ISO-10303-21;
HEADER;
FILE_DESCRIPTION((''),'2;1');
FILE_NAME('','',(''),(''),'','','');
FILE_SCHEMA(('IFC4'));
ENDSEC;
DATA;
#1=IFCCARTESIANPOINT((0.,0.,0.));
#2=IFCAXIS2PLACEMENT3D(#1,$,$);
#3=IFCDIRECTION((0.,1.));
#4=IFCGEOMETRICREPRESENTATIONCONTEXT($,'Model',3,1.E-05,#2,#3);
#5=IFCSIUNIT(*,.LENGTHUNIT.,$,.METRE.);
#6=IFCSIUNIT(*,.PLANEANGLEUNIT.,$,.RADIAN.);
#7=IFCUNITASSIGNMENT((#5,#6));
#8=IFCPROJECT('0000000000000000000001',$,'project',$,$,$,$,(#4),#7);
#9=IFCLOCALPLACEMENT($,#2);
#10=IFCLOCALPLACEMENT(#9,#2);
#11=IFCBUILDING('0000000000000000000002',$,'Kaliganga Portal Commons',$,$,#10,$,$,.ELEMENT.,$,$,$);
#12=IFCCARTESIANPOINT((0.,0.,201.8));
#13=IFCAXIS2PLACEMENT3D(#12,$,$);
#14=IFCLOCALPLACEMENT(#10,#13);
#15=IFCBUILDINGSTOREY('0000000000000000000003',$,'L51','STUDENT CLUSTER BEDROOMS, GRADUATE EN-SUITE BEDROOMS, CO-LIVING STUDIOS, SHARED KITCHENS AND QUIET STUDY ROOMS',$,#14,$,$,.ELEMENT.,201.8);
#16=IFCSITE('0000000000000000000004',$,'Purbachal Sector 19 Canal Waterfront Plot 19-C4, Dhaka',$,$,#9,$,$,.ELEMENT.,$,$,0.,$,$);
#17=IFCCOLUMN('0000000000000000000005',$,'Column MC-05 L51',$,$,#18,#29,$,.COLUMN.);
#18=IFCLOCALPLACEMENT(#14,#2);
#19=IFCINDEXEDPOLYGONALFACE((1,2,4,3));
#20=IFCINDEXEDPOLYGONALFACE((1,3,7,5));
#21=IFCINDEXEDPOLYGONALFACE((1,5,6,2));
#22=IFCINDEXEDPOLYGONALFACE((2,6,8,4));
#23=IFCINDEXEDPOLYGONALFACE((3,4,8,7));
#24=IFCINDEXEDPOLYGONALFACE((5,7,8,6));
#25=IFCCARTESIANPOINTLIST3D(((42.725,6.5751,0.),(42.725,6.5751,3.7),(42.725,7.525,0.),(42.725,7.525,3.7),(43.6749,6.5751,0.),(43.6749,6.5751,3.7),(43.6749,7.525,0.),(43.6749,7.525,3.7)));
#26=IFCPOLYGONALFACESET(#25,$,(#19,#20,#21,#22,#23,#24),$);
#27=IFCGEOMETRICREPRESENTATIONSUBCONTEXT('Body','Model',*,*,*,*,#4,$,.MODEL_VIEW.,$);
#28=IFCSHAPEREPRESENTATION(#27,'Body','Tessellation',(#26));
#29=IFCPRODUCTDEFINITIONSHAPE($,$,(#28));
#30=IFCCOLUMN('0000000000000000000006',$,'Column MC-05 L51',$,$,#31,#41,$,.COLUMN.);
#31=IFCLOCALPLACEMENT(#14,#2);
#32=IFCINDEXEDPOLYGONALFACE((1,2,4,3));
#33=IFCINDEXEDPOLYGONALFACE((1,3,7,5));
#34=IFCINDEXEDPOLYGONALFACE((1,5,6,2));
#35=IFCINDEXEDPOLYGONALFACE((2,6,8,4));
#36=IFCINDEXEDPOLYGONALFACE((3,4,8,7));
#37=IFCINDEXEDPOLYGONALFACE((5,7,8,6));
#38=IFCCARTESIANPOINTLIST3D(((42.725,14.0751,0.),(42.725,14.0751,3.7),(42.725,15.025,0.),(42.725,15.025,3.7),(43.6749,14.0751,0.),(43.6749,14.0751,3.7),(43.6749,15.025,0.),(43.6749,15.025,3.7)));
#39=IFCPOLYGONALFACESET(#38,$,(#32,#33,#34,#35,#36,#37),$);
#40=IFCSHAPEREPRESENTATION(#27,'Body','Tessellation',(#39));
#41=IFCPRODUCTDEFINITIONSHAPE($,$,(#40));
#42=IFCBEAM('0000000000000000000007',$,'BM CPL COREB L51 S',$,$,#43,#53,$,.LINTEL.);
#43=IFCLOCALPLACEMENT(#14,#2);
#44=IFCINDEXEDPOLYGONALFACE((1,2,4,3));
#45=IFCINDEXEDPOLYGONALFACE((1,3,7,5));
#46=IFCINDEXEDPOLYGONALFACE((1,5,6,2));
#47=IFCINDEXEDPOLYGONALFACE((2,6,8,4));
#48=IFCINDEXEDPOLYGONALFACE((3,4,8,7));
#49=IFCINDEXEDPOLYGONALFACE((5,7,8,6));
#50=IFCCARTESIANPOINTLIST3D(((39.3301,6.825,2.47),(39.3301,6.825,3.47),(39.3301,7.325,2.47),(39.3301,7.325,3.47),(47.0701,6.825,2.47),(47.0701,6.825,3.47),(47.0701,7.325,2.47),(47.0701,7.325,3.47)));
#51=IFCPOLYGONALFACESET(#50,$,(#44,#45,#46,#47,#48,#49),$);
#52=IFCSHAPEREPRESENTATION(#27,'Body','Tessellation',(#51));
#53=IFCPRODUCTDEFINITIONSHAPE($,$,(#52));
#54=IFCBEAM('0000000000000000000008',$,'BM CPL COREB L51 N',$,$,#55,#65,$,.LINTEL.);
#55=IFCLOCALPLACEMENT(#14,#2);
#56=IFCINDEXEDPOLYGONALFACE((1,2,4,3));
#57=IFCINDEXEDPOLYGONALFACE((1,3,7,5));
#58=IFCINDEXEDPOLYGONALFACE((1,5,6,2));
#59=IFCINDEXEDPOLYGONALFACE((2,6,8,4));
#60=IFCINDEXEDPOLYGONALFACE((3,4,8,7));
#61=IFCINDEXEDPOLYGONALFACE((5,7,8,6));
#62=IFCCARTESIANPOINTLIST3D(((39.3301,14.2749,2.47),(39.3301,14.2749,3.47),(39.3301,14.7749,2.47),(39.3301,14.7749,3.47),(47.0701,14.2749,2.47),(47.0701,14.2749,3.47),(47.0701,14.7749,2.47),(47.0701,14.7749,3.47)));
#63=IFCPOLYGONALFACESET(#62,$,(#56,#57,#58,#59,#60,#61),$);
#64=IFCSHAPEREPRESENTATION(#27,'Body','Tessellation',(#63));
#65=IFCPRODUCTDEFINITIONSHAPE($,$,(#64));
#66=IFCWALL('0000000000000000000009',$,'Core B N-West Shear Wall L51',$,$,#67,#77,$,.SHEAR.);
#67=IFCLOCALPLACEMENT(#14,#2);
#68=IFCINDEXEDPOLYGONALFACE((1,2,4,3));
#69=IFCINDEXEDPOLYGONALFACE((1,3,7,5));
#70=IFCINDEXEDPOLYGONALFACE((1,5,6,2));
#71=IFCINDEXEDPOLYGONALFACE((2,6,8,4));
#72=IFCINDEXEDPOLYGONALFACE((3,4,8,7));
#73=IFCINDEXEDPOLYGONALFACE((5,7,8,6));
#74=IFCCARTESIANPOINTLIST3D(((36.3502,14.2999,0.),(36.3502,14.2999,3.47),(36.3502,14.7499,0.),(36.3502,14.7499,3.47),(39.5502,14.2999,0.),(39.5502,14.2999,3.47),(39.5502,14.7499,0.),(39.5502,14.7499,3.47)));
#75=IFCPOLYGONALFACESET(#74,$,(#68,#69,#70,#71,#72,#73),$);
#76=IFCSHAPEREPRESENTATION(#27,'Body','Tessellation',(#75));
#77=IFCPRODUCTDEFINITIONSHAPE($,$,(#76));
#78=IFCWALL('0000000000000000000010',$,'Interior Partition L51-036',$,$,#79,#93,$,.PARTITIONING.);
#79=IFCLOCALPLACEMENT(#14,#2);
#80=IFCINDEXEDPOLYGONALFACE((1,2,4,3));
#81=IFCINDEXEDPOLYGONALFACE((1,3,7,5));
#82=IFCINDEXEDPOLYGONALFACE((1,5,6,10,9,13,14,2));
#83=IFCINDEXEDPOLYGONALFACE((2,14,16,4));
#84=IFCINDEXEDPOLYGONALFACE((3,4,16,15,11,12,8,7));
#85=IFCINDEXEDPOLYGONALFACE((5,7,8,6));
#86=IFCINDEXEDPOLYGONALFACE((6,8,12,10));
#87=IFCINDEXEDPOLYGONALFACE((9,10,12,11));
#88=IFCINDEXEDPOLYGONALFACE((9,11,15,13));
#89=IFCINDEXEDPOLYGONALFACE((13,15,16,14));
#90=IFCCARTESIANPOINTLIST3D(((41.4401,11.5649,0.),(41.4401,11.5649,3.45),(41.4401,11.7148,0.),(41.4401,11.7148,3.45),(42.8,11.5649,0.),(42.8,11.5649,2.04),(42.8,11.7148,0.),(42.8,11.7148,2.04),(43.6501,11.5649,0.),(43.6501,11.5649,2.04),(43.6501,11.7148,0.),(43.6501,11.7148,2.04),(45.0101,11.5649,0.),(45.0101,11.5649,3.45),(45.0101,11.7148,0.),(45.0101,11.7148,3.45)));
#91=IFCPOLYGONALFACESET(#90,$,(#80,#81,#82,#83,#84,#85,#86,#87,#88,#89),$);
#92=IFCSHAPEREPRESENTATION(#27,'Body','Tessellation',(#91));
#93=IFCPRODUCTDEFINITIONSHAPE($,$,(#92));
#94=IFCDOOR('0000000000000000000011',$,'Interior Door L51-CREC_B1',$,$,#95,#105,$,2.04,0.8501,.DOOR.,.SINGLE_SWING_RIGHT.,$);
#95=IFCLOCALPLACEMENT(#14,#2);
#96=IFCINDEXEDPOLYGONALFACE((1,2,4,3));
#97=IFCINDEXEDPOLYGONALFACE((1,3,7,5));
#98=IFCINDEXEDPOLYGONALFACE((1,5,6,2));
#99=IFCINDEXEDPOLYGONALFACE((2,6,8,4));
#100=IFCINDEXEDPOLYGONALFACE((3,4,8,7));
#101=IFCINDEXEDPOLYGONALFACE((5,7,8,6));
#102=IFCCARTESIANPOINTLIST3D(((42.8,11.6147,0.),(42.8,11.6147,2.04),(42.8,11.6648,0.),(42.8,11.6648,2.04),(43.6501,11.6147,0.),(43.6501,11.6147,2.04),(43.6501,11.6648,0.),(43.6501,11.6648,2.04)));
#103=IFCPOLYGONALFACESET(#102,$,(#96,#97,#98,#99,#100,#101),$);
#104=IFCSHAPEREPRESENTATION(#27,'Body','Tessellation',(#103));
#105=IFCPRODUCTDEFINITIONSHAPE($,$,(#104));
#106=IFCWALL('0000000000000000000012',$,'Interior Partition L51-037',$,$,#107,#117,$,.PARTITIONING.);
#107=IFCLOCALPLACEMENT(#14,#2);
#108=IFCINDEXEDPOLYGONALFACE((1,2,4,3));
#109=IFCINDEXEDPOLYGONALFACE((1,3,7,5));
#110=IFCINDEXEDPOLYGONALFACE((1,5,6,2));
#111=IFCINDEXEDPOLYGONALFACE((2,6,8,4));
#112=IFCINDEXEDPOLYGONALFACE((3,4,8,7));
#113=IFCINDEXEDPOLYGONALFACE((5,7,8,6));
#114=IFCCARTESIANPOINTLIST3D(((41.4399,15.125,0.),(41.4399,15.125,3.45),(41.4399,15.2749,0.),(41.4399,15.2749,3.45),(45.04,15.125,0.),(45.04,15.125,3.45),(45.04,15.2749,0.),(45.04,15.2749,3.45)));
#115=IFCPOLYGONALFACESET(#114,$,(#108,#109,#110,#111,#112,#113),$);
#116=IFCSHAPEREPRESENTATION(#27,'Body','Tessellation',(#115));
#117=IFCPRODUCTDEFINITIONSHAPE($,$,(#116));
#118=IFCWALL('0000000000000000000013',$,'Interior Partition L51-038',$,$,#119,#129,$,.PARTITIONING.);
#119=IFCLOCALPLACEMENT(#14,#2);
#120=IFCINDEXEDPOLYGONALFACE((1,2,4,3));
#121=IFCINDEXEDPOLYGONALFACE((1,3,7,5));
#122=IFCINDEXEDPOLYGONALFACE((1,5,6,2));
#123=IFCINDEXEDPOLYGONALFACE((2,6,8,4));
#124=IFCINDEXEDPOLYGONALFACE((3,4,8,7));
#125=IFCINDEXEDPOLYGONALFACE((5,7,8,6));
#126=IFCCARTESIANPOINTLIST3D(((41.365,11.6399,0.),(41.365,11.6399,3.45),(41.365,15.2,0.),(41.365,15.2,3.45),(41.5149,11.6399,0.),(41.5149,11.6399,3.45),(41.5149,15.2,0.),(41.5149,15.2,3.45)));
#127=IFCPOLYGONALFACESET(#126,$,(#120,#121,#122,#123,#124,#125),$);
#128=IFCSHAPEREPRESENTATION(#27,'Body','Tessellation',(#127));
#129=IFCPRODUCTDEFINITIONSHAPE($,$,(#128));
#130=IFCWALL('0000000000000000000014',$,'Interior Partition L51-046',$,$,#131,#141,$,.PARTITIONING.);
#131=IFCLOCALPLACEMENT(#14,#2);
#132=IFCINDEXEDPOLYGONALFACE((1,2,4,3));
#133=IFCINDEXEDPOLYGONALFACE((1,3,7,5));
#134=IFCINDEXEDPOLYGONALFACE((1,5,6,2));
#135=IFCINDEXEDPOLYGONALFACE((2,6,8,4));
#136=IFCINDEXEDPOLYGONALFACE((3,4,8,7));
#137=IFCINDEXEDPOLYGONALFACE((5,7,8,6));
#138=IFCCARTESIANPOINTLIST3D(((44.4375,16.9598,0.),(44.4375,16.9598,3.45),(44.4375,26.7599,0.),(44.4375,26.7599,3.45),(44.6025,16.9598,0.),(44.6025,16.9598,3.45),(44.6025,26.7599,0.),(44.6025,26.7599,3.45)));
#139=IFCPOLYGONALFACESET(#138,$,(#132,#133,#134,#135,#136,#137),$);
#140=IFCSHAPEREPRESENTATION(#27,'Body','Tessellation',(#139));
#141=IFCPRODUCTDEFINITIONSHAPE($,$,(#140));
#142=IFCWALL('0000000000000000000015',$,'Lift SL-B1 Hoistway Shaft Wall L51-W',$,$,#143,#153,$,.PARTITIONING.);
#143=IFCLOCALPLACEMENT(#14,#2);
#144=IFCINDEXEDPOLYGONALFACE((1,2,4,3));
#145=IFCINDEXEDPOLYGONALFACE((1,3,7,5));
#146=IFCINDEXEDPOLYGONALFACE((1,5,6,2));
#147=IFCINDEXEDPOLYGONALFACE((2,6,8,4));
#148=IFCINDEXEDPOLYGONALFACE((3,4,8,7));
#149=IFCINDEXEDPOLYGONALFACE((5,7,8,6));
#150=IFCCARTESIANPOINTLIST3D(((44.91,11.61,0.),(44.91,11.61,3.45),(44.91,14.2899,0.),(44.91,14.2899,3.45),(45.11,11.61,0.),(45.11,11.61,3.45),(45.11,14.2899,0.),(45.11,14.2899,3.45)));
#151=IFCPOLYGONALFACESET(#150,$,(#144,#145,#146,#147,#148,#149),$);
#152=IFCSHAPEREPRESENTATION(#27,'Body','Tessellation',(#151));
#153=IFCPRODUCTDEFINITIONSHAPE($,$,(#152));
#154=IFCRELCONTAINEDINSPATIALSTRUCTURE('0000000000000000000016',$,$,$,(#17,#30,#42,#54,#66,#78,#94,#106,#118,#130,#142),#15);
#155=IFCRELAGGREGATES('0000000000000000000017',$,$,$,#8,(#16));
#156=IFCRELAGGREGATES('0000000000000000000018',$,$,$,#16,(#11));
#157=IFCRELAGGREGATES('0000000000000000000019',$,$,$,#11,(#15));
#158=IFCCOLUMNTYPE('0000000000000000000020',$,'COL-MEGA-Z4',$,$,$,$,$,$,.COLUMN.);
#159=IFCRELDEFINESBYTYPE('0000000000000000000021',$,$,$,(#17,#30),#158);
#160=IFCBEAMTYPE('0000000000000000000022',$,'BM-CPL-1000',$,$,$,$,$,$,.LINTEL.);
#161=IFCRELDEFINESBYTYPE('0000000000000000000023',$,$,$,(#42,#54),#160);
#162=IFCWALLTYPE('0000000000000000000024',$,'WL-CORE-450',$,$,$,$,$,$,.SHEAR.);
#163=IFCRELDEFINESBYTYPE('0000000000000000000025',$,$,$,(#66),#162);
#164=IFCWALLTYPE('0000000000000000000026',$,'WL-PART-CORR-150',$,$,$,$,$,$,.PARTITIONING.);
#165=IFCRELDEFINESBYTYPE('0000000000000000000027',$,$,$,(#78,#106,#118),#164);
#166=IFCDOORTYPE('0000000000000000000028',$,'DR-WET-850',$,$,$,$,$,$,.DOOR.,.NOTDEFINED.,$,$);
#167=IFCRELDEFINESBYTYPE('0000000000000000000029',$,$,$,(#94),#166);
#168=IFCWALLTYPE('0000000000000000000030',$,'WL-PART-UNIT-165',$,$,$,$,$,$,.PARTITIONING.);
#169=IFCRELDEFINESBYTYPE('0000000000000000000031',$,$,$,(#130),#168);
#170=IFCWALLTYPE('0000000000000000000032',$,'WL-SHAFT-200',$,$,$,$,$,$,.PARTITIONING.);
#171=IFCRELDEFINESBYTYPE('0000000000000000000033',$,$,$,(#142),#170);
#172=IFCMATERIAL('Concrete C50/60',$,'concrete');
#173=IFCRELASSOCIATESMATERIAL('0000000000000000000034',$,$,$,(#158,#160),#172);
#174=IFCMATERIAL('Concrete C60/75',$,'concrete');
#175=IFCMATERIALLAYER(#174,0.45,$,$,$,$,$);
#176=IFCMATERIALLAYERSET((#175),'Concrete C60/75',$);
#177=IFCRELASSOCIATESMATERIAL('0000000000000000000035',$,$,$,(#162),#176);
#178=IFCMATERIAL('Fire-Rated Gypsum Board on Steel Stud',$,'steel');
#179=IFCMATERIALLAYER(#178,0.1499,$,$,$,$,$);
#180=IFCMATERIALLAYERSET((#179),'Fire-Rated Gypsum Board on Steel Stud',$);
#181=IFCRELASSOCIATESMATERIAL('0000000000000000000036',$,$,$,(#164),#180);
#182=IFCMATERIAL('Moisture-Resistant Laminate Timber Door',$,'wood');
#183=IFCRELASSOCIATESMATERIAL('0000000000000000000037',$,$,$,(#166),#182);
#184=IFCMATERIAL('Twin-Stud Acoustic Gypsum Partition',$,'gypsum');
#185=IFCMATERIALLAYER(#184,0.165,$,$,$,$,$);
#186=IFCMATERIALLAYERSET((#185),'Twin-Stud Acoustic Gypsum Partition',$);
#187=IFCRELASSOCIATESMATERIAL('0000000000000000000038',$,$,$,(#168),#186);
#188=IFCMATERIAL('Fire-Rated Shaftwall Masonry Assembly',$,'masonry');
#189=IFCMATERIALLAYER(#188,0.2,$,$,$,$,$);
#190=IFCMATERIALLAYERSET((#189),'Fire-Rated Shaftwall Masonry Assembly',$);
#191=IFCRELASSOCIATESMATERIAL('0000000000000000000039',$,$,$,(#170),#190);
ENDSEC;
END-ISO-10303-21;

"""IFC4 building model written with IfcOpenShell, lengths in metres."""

from ifc_helpers import new_model, si_unit, direction, frame, frame_2d, origin, origin_2d, place, context, subcontext, project, spatial, rectangle, extrude, source, transform, mapped, material, layer, layer_set, material_profile, profile_set, type_object, element, fill, save


model = new_model("IFC4")

# Units and contexts
model_context = context("Model", 3, precision=1e-05, world=origin(), true_north=direction((0.0, 1.0)))
body_context = subcontext(model_context, "Body", "Model", "MODEL_VIEW")
ifc_project = project(units=[si_unit("LENGTHUNIT", "METRE"), si_unit("PLANEANGLEUNIT", "RADIAN")], contexts=[model_context])

# Site, building, storey
site_placement = place(None, origin())
site = spatial("IfcSite", under=ifc_project, at=site_placement, Name="Purbachal Sector 19 Canal Waterfront Plot 19-C4, Dhaka", CompositionType="ELEMENT", RefElevation=0.0)
building_placement = place(site_placement, origin())
building = spatial("IfcBuilding", under=site, at=building_placement, Name="Kaliganga Portal Commons", CompositionType="ELEMENT")
storey_placement = place(building_placement, frame((0.0, 0.0, 201.8)))
storey = spatial("IfcBuildingStorey", under=building, at=storey_placement, Name="L51", Description="STUDENT CLUSTER BEDROOMS, GRADUATE EN-SUITE BEDROOMS, CO-LIVING STUDIOS, SHARED KITCHENS AND QUIET STUDY ROOMS", CompositionType="ELEMENT", Elevation=201.8)

# Columns
ifc_material_1 = material(Name="Concrete C50/60", Category="concrete")
ifc_material_profile_1 = material_profile(ifc_material_1, rectangle(XDim=0.95, YDim=0.95, at=origin_2d()), Name="RC 950x950")
ifc_profile_set_1 = profile_set([ifc_material_profile_1], Name="Concrete C50/60")
column_type = type_object("IfcColumnType", Name="COL-MEGA-Z4", PredefinedType="COLUMN", material=ifc_profile_set_1)
shared_shape_1 = source(origin(), body_context, "Body", "SweptSolid", [
    extrude(rectangle(XDim=0.95, YDim=0.95, at=origin_2d()), origin(), (0.0, 0.0, 1.0), 3.7),
])
for number, where, z_axis, x_axis, name in (
    (1, (43.2, 7.05, 0.0), (0.0, 0.0, 1.0), (1.0, 0.0, 0.0), "Column MC-05 L51"),
    (2, (43.2, 14.55, 0.0), (0.0, 0.0, 1.0), (1.0, 0.0, 0.0), "Column MC-05 L51"),
):
    element("IfcColumn", number, at=place(storey_placement, frame(where, z_axis=z_axis, x_axis=x_axis)), inside=storey, type_object=column_type, Name=name, PredefinedType="COLUMN", context=body_context, shape_type="MappedRepresentation", body=[
        mapped(shared_shape_1, transform((0.0, 0.0, 0.0), x_axis=(1.0, 0.0, 0.0), y_axis=(0.0, 1.0, 0.0), z_axis=(0.0, 0.0, 1.0), scale=1.0)),
    ])

# Beams
ifc_material_profile_2 = material_profile(ifc_material_1, rectangle(XDim=0.5, YDim=1.0, at=origin_2d()), Name="RC 500x1000")
ifc_profile_set_2 = profile_set([ifc_material_profile_2], Name="Concrete C50/60")
beam_type = type_object("IfcBeamType", Name="BM-CPL-1000", PredefinedType="LINTEL", material=ifc_profile_set_2)
shared_shape_2 = source(origin(), body_context, "Body", "SweptSolid", [
    extrude(rectangle(XDim=0.5, YDim=1.0, at=origin_2d()), origin(), (0.0, 0.0, 1.0), 7.74),
])
for number, where, z_axis, x_axis, name in (
    (3, (39.3301, 7.075, 2.97), (1.0, 0.0, 0.0), (0.0, 1.0, 0.0), "BM CPL COREB L51 S"),
    (4, (39.3301, 14.5249, 2.97), (1.0, 0.0, 0.0), (0.0, 1.0, 0.0), "BM CPL COREB L51 N"),
):
    element("IfcBeam", number, at=place(storey_placement, frame(where, z_axis=z_axis, x_axis=x_axis)), inside=storey, type_object=beam_type, Name=name, PredefinedType="LINTEL", context=body_context, shape_type="MappedRepresentation", body=[
        mapped(shared_shape_2, transform((0.0, 0.0, 0.0), x_axis=(1.0, 0.0, 0.0), y_axis=(0.0, 1.0, 0.0), z_axis=(0.0, 0.0, 1.0), scale=1.0)),
    ])

# Wall
ifc_material_2 = material(Name="Concrete C60/75", Category="concrete")
ifc_layer_1 = layer(ifc_material_2, 0.45)
ifc_layer_set_1 = layer_set([ifc_layer_1], Name="Concrete C60/75")
wall_type_1 = type_object("IfcWallType", Name="WL-CORE-450", PredefinedType="SHEAR", material=ifc_layer_set_1)
wall_1_placement = place(storey_placement, frame((36.3501, 14.5249, 0.0), z_axis=(0.0, 0.0, 1.0), x_axis=(1.0, 0.0, 0.0)))
element("IfcWall", 5, at=wall_1_placement, inside=storey, type_object=wall_type_1, Name="Core B N-West Shear Wall L51", PredefinedType="SHEAR", context=body_context, shape_type="SweptSolid", body=[
    extrude(rectangle(XDim=3.2, YDim=0.45, at=frame_2d((1.6001, 0.0))), origin(), (0.0, 0.0, 1.0), 3.47),
])

# Wall, opening, door
ifc_material_3 = material(Name="Fire-Rated Gypsum Board on Steel Stud", Category="steel")
ifc_layer_2 = layer(ifc_material_3, 0.1499)
ifc_layer_set_2 = layer_set([ifc_layer_2], Name="Fire-Rated Gypsum Board on Steel Stud")
wall_type_2 = type_object("IfcWallType", Name="WL-PART-CORR-150", PredefinedType="PARTITIONING", material=ifc_layer_set_2)
wall_2_placement = place(storey_placement, frame((41.4399, 11.6399, 0.0), z_axis=(0.0, 0.0, 1.0), x_axis=(1.0, 0.0, 0.0)))
wall_2 = element("IfcWall", 6, at=wall_2_placement, inside=storey, type_object=wall_type_2, Name="Interior Partition L51-036", PredefinedType="PARTITIONING", context=body_context, shape_type="SweptSolid", body=[
    extrude(rectangle(XDim=3.5701, YDim=0.1499, at=frame_2d((1.7852, 0.0))), origin(), (0.0, 0.0, 1.0), 3.45),
])
opening_1_placement = place(wall_2_placement, frame((1.3601, 0.0, 0.0)))
opening_1 = element("IfcOpeningElement", 7, at=opening_1_placement, cuts=wall_2, PredefinedType="OPENING", context=body_context, shape_type="SweptSolid", body=[
    extrude(rectangle(XDim=0.8501, YDim=2.04, at=frame_2d((0.425, 1.02))), frame((0.0, 0.085, 0.0), z_axis=(0.0, -1.0, 0.0), x_axis=(1.0, 0.0, 0.0)), (0.0, 0.0, 1.0), 0.1699),
])
ifc_material_4 = material(Name="Moisture-Resistant Laminate Timber Door", Category="wood")
door_type_1 = type_object("IfcDoorType", Name="DR-WET-850", OperationType="NOTDEFINED", PredefinedType="DOOR", material=ifc_material_4)
door_1_placement = place(opening_1_placement, origin())
door_1 = element("IfcDoor", 8, at=door_1_placement, inside=storey, type_object=door_type_1, Name="Interior Door L51-CREC_B1", OperationType="SINGLE_SWING_RIGHT", OverallHeight=2.04, OverallWidth=0.8501, PredefinedType="DOOR", context=body_context, shape_type="SweptSolid", body=[
    extrude(rectangle(XDim=0.8501, YDim=2.04, at=frame_2d((0.425, 1.02))), frame((0.0, 0.0249, 0.0), z_axis=(0.0, -1.0, 0.0), x_axis=(1.0, 0.0, 0.0)), (0.0, 0.0, 1.0), 0.05),
])
fill(opening_1, door_1)

# Walls
wall_3_placement = place(storey_placement, frame((41.4399, 15.2, 0.0), z_axis=(0.0, 0.0, 1.0), x_axis=(1.0, 0.0, 0.0)))
element("IfcWall", 9, at=wall_3_placement, inside=storey, type_object=wall_type_2, Name="Interior Partition L51-037", PredefinedType="PARTITIONING", context=body_context, shape_type="SweptSolid", body=[
    extrude(rectangle(XDim=3.6001, YDim=0.1499, at=frame_2d((1.8, 0.0))), origin(), (0.0, 0.0, 1.0), 3.45),
])
wall_4_placement = place(storey_placement, frame((41.4399, 11.6399, 0.0), z_axis=(0.0, 0.0, 1.0), x_axis=(0.0, 1.0, 0.0)))
element("IfcWall", 10, at=wall_4_placement, inside=storey, type_object=wall_type_2, Name="Interior Partition L51-038", PredefinedType="PARTITIONING", context=body_context, shape_type="SweptSolid", body=[
    extrude(rectangle(XDim=3.5601, YDim=0.1499, at=frame_2d((1.78, 0.0))), origin(), (0.0, 0.0, 1.0), 3.45),
])
ifc_material_5 = material(Name="Twin-Stud Acoustic Gypsum Partition", Category="gypsum")
ifc_layer_3 = layer(ifc_material_5, 0.165)
ifc_layer_set_3 = layer_set([ifc_layer_3], Name="Twin-Stud Acoustic Gypsum Partition")
wall_type_3 = type_object("IfcWallType", Name="WL-PART-UNIT-165", PredefinedType="PARTITIONING", material=ifc_layer_set_3)
wall_5_placement = place(storey_placement, frame((44.52, 16.96, 0.0), z_axis=(0.0, 0.0, 1.0), x_axis=(0.0, 1.0, 0.0)))
element("IfcWall", 11, at=wall_5_placement, inside=storey, type_object=wall_type_3, Name="Interior Partition L51-046", PredefinedType="PARTITIONING", context=body_context, shape_type="SweptSolid", body=[
    extrude(rectangle(XDim=9.8, YDim=0.165, at=frame_2d((4.8999, 0.0))), origin(), (0.0, 0.0, 1.0), 3.45),
])

# Shared definitions
ifc_material_6 = material(Name="Fire-Rated Shaftwall Masonry Assembly", Category="masonry")
ifc_layer_4 = layer(ifc_material_6, 0.2)
ifc_layer_set_4 = layer_set([ifc_layer_4], Name="Fire-Rated Shaftwall Masonry Assembly")
wall_type_4 = type_object("IfcWallType", Name="WL-SHAFT-200", PredefinedType="PARTITIONING", material=ifc_layer_set_4)

# Wall
wall_6_placement = place(storey_placement, frame((45.01, 11.6101, 0.0), z_axis=(0.0, 0.0, 1.0), x_axis=(0.0, 1.0, 0.0)))
element("IfcWall", 12, at=wall_6_placement, inside=storey, type_object=wall_type_4, Name="Lift SL-B1 Hoistway Shaft Wall L51-W", PredefinedType="PARTITIONING", context=body_context, shape_type="SweptSolid", body=[
    extrude(rectangle(XDim=2.6799, YDim=0.2, at=frame_2d((1.3398, 0.0))), origin(), (0.0, 0.0, 1.0), 3.45),
])

save(model, "model.ifc")
